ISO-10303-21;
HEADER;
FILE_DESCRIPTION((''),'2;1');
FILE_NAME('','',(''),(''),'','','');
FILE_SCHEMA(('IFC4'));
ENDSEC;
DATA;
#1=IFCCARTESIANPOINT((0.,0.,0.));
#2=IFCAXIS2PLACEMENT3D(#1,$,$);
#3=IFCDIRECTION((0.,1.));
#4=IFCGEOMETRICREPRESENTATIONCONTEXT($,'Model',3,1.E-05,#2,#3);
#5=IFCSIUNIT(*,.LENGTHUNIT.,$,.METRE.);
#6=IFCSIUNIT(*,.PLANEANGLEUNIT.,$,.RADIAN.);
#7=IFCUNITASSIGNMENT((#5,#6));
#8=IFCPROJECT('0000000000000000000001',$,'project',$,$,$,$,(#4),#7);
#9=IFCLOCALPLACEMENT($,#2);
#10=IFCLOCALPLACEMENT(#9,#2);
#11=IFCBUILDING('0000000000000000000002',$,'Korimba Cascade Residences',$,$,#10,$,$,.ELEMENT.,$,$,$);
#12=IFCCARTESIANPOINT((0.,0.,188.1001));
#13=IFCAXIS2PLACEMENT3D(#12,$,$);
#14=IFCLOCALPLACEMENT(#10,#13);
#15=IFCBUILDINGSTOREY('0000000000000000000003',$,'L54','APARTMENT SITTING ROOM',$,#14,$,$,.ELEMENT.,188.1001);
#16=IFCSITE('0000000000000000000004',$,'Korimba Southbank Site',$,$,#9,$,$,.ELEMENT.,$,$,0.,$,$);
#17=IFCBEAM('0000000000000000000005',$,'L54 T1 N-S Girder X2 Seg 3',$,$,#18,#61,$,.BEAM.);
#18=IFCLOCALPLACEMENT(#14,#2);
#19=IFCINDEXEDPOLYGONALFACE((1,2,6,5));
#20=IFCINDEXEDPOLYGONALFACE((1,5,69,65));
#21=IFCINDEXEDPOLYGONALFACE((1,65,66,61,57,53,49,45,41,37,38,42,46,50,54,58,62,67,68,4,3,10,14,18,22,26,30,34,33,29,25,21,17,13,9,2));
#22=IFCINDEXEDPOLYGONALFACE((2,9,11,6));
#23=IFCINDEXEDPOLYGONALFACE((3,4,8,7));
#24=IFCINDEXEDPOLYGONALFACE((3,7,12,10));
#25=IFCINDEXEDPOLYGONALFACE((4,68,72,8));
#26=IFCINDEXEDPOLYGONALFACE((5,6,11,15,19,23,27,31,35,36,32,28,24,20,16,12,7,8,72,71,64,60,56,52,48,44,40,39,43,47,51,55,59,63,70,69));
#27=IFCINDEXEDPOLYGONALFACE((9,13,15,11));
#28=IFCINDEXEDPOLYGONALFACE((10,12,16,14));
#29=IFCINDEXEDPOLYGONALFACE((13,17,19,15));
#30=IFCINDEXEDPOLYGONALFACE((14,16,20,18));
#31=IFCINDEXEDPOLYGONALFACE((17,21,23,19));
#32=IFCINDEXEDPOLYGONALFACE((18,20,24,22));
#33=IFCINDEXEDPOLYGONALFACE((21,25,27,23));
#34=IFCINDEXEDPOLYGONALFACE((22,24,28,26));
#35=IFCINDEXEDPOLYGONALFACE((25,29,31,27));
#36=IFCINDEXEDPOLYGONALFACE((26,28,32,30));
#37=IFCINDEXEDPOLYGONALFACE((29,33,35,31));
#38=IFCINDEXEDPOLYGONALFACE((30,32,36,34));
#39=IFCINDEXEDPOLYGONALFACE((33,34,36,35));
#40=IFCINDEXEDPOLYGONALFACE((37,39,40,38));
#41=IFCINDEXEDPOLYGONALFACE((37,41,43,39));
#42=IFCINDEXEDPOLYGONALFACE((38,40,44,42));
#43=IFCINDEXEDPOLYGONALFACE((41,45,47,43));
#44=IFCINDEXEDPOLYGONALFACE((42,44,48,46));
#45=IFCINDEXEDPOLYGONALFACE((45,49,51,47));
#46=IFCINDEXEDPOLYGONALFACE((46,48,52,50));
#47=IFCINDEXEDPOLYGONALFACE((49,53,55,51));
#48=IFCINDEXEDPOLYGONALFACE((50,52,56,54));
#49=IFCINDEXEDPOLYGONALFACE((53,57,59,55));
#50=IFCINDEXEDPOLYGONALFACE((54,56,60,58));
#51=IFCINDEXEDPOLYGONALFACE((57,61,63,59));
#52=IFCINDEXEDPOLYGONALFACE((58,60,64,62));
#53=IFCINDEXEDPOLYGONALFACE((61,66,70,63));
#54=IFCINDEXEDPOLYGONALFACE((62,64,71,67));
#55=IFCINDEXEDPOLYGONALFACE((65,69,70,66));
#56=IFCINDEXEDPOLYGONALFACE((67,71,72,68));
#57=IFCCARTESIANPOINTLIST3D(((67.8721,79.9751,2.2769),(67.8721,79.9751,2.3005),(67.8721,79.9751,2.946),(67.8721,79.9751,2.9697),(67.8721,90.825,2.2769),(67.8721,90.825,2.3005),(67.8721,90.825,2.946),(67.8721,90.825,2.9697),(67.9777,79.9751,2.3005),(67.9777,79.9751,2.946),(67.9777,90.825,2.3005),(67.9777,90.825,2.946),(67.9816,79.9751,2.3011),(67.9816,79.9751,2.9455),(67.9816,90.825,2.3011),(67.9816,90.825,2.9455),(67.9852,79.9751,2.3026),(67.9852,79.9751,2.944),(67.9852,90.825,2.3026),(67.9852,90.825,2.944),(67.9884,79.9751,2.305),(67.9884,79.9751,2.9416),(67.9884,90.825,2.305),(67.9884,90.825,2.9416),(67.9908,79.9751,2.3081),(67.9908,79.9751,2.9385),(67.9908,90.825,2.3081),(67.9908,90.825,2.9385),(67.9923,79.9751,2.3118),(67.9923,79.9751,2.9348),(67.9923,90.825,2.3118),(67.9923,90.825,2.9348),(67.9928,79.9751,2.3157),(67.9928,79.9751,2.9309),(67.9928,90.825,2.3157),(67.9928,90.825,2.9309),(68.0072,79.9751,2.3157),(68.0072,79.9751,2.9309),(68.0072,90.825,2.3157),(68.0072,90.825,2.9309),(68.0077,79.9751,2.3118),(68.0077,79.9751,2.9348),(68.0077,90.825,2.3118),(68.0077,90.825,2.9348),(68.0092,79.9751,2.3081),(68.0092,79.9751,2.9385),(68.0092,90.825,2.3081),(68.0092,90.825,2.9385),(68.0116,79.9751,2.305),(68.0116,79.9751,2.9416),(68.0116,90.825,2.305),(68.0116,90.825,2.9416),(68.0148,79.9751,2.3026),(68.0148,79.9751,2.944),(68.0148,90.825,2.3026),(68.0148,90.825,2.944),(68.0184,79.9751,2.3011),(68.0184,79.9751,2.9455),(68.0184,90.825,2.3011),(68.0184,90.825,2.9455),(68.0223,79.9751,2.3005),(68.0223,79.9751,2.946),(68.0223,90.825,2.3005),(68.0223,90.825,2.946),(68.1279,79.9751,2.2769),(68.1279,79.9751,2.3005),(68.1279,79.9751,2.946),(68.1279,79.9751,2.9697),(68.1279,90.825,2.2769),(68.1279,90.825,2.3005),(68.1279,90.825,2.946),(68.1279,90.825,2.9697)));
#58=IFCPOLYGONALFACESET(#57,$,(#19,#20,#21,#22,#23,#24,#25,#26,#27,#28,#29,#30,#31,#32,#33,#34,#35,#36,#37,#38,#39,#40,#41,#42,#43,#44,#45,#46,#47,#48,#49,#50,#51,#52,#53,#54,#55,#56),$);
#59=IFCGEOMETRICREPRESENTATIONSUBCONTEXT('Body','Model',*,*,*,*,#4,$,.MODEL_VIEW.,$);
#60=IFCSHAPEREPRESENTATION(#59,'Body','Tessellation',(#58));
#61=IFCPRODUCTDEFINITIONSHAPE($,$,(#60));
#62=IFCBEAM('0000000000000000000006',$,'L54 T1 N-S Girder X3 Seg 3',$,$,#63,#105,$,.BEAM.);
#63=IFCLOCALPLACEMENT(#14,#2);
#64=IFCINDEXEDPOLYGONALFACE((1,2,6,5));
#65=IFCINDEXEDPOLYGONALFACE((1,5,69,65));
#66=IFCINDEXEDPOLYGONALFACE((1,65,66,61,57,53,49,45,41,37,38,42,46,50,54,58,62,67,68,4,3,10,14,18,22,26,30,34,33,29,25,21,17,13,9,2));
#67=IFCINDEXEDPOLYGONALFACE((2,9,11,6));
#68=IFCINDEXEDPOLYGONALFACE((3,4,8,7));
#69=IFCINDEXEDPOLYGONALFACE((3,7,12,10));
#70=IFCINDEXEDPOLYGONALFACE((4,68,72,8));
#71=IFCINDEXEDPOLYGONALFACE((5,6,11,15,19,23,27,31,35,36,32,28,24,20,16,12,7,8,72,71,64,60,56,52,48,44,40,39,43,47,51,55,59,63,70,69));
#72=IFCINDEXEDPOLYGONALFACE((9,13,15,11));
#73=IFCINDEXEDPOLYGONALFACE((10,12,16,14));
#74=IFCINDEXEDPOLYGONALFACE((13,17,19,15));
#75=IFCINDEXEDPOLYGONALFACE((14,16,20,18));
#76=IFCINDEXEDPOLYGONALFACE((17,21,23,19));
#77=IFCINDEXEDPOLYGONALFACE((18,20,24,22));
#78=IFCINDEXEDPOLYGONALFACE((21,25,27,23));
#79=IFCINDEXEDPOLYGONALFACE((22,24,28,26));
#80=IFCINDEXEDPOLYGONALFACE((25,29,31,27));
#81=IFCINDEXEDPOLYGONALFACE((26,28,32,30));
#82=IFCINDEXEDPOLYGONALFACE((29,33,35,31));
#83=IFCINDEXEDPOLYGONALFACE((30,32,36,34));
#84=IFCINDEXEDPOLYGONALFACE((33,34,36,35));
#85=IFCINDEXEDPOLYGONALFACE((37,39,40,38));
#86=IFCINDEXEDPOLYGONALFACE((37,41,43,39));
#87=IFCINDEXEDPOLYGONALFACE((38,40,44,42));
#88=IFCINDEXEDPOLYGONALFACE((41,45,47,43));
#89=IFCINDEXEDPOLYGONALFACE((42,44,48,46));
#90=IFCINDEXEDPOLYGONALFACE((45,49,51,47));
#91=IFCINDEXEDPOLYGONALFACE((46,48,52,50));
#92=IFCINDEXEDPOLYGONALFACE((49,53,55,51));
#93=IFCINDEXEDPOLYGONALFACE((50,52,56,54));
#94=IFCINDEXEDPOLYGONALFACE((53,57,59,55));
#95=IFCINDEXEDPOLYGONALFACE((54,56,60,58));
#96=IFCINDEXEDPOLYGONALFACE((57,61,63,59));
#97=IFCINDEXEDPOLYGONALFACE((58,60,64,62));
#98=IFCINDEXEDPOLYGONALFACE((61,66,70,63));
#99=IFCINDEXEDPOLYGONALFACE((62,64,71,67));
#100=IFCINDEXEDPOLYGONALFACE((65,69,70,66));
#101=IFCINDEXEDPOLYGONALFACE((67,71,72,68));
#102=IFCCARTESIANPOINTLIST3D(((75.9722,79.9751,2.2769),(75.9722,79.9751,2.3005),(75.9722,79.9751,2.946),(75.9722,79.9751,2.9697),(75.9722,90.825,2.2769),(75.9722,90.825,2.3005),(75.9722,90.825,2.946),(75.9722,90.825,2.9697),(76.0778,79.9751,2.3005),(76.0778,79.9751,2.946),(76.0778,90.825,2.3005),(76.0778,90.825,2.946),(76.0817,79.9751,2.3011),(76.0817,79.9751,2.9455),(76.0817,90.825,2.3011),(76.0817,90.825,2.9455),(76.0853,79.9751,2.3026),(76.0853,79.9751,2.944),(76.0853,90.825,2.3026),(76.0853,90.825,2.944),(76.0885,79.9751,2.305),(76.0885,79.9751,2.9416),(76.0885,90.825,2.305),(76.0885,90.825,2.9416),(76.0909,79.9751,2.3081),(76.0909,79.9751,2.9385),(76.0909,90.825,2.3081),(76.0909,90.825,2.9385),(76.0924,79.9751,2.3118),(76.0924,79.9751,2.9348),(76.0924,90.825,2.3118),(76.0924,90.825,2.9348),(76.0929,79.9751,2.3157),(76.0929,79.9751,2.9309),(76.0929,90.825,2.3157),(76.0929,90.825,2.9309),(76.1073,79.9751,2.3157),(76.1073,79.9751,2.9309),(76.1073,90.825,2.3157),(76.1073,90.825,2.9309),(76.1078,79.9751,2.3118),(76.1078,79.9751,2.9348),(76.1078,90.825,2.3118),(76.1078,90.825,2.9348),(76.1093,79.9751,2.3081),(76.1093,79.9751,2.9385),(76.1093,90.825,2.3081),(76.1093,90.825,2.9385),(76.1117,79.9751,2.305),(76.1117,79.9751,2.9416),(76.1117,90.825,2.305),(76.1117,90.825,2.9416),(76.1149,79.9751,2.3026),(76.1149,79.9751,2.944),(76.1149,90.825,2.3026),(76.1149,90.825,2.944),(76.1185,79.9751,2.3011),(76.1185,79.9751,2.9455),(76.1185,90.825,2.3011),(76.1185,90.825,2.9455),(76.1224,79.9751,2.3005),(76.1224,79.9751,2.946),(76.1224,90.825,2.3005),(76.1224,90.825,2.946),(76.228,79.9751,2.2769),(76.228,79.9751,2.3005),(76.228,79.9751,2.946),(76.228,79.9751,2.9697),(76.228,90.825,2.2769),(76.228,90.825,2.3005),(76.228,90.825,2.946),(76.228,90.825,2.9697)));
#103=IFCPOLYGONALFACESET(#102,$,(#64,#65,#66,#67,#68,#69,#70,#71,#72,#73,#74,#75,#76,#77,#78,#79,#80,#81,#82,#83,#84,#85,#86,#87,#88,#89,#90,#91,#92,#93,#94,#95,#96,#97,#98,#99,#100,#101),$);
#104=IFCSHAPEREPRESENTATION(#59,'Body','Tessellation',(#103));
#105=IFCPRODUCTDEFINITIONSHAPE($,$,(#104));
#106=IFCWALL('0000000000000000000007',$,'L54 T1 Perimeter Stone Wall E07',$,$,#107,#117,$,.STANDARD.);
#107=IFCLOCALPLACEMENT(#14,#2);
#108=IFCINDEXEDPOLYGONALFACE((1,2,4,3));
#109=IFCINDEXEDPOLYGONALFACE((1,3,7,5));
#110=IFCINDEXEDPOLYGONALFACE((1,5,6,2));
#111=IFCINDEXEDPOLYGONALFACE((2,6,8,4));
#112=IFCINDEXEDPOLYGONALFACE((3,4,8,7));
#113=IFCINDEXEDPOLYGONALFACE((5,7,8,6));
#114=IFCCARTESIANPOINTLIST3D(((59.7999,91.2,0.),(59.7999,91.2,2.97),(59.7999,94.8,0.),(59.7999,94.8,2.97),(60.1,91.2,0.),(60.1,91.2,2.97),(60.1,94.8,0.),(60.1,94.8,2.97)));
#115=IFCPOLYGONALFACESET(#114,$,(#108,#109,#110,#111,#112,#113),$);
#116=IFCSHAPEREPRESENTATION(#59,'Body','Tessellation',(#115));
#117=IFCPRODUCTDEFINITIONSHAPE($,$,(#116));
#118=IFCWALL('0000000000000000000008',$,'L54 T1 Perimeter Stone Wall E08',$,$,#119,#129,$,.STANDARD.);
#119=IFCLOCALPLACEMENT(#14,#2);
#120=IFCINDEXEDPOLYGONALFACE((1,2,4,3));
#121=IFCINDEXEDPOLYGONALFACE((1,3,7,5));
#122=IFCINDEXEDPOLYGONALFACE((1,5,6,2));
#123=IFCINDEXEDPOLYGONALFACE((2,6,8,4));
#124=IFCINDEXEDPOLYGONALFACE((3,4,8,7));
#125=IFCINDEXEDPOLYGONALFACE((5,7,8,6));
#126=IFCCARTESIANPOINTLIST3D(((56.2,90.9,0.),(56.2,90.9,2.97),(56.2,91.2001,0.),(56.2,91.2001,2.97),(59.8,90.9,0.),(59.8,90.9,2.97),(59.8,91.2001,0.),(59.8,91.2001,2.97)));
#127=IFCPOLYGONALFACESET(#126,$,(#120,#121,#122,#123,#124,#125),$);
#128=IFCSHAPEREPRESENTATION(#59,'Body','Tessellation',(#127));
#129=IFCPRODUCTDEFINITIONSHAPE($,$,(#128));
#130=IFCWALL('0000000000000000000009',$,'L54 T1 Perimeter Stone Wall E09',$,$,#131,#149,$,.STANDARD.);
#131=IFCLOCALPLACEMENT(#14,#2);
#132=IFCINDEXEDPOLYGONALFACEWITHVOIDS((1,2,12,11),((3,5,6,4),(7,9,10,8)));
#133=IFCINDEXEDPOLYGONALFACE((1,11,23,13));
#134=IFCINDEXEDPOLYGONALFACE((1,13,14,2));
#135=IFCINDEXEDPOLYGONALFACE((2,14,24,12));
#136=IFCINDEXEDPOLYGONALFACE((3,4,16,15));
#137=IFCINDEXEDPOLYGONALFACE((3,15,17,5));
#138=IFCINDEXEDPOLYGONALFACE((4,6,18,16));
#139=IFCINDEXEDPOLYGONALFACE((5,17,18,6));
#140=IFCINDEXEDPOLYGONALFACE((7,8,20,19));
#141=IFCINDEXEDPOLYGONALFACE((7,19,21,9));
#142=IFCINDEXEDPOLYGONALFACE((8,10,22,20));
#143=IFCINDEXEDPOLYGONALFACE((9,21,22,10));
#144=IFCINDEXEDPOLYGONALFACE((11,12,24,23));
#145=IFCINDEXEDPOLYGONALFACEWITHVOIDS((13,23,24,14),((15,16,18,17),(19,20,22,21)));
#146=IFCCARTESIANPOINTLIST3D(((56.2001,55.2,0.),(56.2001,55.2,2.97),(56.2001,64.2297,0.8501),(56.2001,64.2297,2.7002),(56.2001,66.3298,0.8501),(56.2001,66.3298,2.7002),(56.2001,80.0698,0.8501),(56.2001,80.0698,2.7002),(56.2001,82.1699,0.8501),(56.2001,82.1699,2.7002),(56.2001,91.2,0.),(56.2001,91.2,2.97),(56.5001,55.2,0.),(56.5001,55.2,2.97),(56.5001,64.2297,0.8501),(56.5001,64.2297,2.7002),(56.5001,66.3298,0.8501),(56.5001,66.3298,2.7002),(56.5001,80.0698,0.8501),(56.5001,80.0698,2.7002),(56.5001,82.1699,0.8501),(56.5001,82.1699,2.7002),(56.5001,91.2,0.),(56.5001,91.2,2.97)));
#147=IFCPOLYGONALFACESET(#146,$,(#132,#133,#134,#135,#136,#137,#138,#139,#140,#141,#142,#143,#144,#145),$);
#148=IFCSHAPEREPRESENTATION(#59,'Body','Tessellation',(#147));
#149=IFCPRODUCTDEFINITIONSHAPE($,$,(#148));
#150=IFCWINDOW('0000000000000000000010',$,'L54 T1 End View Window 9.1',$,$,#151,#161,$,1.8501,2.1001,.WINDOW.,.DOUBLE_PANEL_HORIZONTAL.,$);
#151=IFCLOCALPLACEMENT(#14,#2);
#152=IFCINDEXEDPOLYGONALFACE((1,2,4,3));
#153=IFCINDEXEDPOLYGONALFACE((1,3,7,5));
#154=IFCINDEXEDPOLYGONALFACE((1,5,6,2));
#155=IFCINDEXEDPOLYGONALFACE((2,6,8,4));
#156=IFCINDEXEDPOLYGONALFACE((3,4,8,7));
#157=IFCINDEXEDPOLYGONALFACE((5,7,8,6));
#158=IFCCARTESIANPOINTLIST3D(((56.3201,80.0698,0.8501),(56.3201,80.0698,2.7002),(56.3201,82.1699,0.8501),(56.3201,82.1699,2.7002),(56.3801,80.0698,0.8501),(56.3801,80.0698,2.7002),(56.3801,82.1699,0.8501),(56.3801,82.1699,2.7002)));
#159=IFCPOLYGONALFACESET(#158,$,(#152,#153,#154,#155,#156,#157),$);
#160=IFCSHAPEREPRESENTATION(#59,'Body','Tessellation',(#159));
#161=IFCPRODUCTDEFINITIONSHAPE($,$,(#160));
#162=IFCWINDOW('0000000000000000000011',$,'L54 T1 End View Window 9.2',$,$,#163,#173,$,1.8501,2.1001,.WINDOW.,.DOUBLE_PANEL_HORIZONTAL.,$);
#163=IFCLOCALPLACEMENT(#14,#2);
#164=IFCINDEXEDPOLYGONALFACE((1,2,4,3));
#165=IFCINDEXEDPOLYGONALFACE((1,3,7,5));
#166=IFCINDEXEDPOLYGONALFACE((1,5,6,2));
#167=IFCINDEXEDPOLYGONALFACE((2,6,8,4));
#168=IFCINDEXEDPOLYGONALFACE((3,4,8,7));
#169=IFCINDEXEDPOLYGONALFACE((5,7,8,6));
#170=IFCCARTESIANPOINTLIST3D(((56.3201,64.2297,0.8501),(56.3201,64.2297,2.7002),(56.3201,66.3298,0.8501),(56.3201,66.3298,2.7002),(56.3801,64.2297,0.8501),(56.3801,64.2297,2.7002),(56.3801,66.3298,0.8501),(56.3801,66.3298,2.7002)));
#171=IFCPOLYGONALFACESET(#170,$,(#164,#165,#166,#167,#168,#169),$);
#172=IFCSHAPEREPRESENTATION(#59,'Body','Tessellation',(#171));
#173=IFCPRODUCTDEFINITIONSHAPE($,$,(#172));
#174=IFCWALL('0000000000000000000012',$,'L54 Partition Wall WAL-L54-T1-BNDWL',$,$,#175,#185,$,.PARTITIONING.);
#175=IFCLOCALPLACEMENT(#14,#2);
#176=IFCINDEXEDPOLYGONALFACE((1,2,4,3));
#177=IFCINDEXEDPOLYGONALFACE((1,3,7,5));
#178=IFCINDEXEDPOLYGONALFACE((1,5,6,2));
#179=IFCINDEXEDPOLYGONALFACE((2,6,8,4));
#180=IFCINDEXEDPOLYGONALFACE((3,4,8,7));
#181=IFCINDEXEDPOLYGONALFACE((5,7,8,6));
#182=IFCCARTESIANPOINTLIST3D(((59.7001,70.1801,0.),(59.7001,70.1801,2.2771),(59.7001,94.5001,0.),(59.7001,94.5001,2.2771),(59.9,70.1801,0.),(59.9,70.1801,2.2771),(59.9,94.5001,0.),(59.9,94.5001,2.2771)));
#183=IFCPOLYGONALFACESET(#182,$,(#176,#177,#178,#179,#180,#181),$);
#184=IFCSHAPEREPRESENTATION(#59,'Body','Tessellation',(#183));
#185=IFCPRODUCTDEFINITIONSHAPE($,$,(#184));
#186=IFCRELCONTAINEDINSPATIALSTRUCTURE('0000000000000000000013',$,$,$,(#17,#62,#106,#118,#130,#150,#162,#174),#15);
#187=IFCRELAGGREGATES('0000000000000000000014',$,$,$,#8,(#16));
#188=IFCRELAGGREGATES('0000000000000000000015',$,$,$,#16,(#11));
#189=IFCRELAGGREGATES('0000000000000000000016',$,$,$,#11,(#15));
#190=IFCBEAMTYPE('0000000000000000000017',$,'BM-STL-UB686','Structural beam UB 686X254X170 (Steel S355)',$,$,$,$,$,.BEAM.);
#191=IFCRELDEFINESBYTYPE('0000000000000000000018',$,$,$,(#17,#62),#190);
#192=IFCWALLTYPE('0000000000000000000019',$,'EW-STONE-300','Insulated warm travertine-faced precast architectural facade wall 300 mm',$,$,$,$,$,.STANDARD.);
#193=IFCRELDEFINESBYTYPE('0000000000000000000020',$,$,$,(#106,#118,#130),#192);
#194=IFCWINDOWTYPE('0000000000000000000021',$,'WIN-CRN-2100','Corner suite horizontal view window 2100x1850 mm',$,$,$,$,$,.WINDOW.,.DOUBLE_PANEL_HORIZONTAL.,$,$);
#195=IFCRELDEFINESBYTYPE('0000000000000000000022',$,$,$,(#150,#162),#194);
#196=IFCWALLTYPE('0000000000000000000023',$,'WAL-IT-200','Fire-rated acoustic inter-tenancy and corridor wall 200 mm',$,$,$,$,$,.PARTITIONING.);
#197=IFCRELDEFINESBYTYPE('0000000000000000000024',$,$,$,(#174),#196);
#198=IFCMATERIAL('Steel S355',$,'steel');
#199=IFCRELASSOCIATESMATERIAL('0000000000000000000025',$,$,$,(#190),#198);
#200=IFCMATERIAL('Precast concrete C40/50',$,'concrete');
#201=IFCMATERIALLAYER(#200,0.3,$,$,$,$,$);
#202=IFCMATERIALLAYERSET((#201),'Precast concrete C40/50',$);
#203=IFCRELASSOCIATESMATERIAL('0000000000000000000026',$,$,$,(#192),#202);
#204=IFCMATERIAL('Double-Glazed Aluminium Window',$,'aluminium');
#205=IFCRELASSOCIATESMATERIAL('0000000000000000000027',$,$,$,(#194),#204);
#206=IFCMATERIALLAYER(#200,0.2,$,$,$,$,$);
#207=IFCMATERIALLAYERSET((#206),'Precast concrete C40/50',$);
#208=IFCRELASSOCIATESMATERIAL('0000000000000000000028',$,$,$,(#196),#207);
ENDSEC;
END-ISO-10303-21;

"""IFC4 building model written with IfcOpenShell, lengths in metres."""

from ifc_helpers import new_model, si_unit, direction, frame, frame_2d, origin, origin_2d, place, context, subcontext, project, spatial, rectangle, i_section, extrude, material, layer, layer_set, material_profile, profile_set, type_object, element, fill, save


model = new_model("IFC4")

# Units and contexts
model_context = context("Model", 3, precision=1e-05, world=origin(), true_north=direction((0.0, 1.0)))
body_context = subcontext(model_context, "Body", "Model", "MODEL_VIEW")
ifc_project = project(units=[si_unit("LENGTHUNIT", "METRE"), si_unit("PLANEANGLEUNIT", "RADIAN")], contexts=[model_context])

# Site, building, storey
site_placement = place(None, origin())
site = spatial("IfcSite", under=ifc_project, at=site_placement, Name="Korimba Southbank Site", CompositionType="ELEMENT", RefElevation=0.0)
building_placement = place(site_placement, origin())
building = spatial("IfcBuilding", under=site, at=building_placement, Name="Korimba Cascade Residences", CompositionType="ELEMENT")
storey_placement = place(building_placement, frame((0.0, 0.0, 188.1001)))
storey = spatial("IfcBuildingStorey", under=building, at=storey_placement, Name="L54", Description="APARTMENT SITTING ROOM", CompositionType="ELEMENT", Elevation=188.1001)

# Beams
ifc_material_1 = material(Name="Steel S355", Category="steel")
ifc_material_profile_1 = material_profile(ifc_material_1, i_section(OverallWidth=0.2559, OverallDepth=0.6929, WebThickness=0.0144, FlangeThickness=0.0237, FilletRadius=0.0151, at=origin_2d()), Name="Steel S355")
ifc_profile_set_1 = profile_set([ifc_material_profile_1], Name="Steel S355")
beam_type_1 = type_object("IfcBeamType", Name="BM-STL-UB686", Description="Structural beam UB 686X254X170 (Steel S355)", PredefinedType="BEAM", material=ifc_profile_set_1)
for number, where, z_axis, x_axis, name in (
    (1, (68.0, 79.9751, 2.6233), (0.0, 1.0, 0.0), (-1.0, 0.0, 0.0), "L54 T1 N-S Girder X2 Seg 3"),
    (2, (76.1001, 79.9751, 2.6233), (0.0, 1.0, 0.0), (-1.0, 0.0, 0.0), "L54 T1 N-S Girder X3 Seg 3"),
):
    element("IfcBeam", number, at=place(storey_placement, frame(where, z_axis=z_axis, x_axis=x_axis)), inside=storey, type_object=beam_type_1, Name=name, PredefinedType="BEAM", context=body_context, shape_type="SweptSolid", body=[
        extrude(i_section(OverallWidth=0.2559, OverallDepth=0.6929, WebThickness=0.0144, FlangeThickness=0.0237, FilletRadius=0.0151, at=origin_2d()), origin(), (0.0, 0.0, 1.0), 10.8499),
    ])

# Walls
ifc_material_2 = material(Name="Precast concrete C40/50", Category="concrete")
ifc_layer_1 = layer(ifc_material_2, 0.3)
ifc_layer_set_1 = layer_set([ifc_layer_1], Name="Precast concrete C40/50")
wall_type_1 = type_object("IfcWallType", Name="EW-STONE-300", Description="Insulated warm travertine-faced precast architectural facade wall 300 mm", PredefinedType="STANDARD", material=ifc_layer_set_1)
for number, where, z_axis, x_axis, name in (
    (3, (59.95, 94.8, 0.0), (0.0, 0.0, 1.0), (0.0, -1.0, 0.0), "L54 T1 Perimeter Stone Wall E07"),
    (4, (59.8, 91.05, 0.0), (0.0, 0.0, 1.0), (-1.0, 0.0, 0.0), "L54 T1 Perimeter Stone Wall E08"),
):
    element("IfcWall", number, at=place(storey_placement, frame(where, z_axis=z_axis, x_axis=x_axis)), inside=storey, type_object=wall_type_1, Name=name, PredefinedType="STANDARD", context=body_context, shape_type="SweptSolid", body=[
        extrude(rectangle(XDim=3.6001, YDim=0.3, at=frame_2d((1.8, 0.0))), origin(), (0.0, 0.0, 1.0), 2.97),
    ])

# Wall, openings, windows
wall_1_placement = place(storey_placement, frame((56.3501, 91.2, 0.0), z_axis=(0.0, 0.0, 1.0), x_axis=(0.0, -1.0, 0.0)))
wall_1 = element("IfcWall", 5, at=wall_1_placement, inside=storey, type_object=wall_type_1, Name="L54 T1 Perimeter Stone Wall E09", PredefinedType="STANDARD", context=body_context, shape_type="SweptSolid", body=[
    extrude(rectangle(XDim=36.0, YDim=0.3, at=frame_2d((18.0, 0.0))), origin(), (0.0, 0.0, 1.0), 2.97),
])
opening_1_placement = place(wall_1_placement, frame((9.03, 0.0, 0.8501)))
opening_1 = element("IfcOpeningElement", 6, at=opening_1_placement, cuts=wall_1, PredefinedType="OPENING", context=body_context, shape_type="SweptSolid", body=[
    extrude(rectangle(XDim=2.1001, YDim=1.8501, at=frame_2d((1.05, 0.925))), frame((0.0, 0.1602, 0.0), z_axis=(0.0, -1.0, 0.0), x_axis=(1.0, 0.0, 0.0)), (0.0, 0.0, 1.0), 0.3201),
])
opening_2_placement = place(wall_1_placement, frame((24.8701, 0.0, 0.8501)))
opening_2 = element("IfcOpeningElement", 7, at=opening_2_placement, cuts=wall_1, PredefinedType="OPENING", context=body_context, shape_type="SweptSolid", body=[
    extrude(rectangle(XDim=2.1001, YDim=1.8501, at=frame_2d((1.05, 0.925))), frame((0.0, 0.1602, 0.0), z_axis=(0.0, -1.0, 0.0), x_axis=(1.0, 0.0, 0.0)), (0.0, 0.0, 1.0), 0.3201),
])
ifc_material_3 = material(Name="Double-Glazed Aluminium Window", Category="aluminium")
window_type = type_object("IfcWindowType", Name="WIN-CRN-2100", Description="Corner suite horizontal view window 2100x1850 mm", PartitioningType="DOUBLE_PANEL_HORIZONTAL", PredefinedType="WINDOW", material=ifc_material_3)
window_1_placement = place(opening_1_placement, origin())
window_1 = element("IfcWindow", 8, at=window_1_placement, inside=storey, type_object=window_type, Name="L54 T1 End View Window 9.1", OverallHeight=1.8501, OverallWidth=2.1001, PartitioningType="DOUBLE_PANEL_HORIZONTAL", PredefinedType="WINDOW", context=body_context, shape_type="SweptSolid", body=[
    extrude(rectangle(XDim=2.1001, YDim=1.8501, at=frame_2d((1.05, 0.925))), frame((0.0, 0.03, 0.0), z_axis=(0.0, -1.0, 0.0), x_axis=(1.0, 0.0, 0.0)), (0.0, 0.0, 1.0), 0.0601),
])
fill(opening_1, window_1)
window_2_placement = place(opening_2_placement, origin())
window_2 = element("IfcWindow", 9, at=window_2_placement, inside=storey, type_object=window_type, Name="L54 T1 End View Window 9.2", OverallHeight=1.8501, OverallWidth=2.1001, PartitioningType="DOUBLE_PANEL_HORIZONTAL", PredefinedType="WINDOW", context=body_context, shape_type="SweptSolid", body=[
    extrude(rectangle(XDim=2.1001, YDim=1.8501, at=frame_2d((1.05, 0.925))), frame((0.0, 0.03, 0.0), z_axis=(0.0, -1.0, 0.0), x_axis=(1.0, 0.0, 0.0)), (0.0, 0.0, 1.0), 0.0601),
])
fill(opening_2, window_2)

# Wall
ifc_layer_2 = layer(ifc_material_2, 0.2)
ifc_layer_set_2 = layer_set([ifc_layer_2], Name="Precast concrete C40/50")
wall_type_2 = type_object("IfcWallType", Name="WAL-IT-200", Description="Fire-rated acoustic inter-tenancy and corridor wall 200 mm", PredefinedType="PARTITIONING", material=ifc_layer_set_2)
wall_2_placement = place(storey_placement, frame((59.8, 70.1799, 0.0), z_axis=(0.0, 0.0, 1.0), x_axis=(0.0, 1.0, 0.0)))
element("IfcWall", 10, at=wall_2_placement, inside=storey, type_object=wall_type_2, Name="L54 Partition Wall WAL-L54-T1-BNDWL", PredefinedType="PARTITIONING", context=body_context, shape_type="SweptSolid", body=[
    extrude(rectangle(XDim=24.3201, YDim=0.2, at=frame_2d((12.1602, 0.0))), origin(), (0.0, 0.0, 1.0), 2.2771),
])

save(model, "model.ifc")
